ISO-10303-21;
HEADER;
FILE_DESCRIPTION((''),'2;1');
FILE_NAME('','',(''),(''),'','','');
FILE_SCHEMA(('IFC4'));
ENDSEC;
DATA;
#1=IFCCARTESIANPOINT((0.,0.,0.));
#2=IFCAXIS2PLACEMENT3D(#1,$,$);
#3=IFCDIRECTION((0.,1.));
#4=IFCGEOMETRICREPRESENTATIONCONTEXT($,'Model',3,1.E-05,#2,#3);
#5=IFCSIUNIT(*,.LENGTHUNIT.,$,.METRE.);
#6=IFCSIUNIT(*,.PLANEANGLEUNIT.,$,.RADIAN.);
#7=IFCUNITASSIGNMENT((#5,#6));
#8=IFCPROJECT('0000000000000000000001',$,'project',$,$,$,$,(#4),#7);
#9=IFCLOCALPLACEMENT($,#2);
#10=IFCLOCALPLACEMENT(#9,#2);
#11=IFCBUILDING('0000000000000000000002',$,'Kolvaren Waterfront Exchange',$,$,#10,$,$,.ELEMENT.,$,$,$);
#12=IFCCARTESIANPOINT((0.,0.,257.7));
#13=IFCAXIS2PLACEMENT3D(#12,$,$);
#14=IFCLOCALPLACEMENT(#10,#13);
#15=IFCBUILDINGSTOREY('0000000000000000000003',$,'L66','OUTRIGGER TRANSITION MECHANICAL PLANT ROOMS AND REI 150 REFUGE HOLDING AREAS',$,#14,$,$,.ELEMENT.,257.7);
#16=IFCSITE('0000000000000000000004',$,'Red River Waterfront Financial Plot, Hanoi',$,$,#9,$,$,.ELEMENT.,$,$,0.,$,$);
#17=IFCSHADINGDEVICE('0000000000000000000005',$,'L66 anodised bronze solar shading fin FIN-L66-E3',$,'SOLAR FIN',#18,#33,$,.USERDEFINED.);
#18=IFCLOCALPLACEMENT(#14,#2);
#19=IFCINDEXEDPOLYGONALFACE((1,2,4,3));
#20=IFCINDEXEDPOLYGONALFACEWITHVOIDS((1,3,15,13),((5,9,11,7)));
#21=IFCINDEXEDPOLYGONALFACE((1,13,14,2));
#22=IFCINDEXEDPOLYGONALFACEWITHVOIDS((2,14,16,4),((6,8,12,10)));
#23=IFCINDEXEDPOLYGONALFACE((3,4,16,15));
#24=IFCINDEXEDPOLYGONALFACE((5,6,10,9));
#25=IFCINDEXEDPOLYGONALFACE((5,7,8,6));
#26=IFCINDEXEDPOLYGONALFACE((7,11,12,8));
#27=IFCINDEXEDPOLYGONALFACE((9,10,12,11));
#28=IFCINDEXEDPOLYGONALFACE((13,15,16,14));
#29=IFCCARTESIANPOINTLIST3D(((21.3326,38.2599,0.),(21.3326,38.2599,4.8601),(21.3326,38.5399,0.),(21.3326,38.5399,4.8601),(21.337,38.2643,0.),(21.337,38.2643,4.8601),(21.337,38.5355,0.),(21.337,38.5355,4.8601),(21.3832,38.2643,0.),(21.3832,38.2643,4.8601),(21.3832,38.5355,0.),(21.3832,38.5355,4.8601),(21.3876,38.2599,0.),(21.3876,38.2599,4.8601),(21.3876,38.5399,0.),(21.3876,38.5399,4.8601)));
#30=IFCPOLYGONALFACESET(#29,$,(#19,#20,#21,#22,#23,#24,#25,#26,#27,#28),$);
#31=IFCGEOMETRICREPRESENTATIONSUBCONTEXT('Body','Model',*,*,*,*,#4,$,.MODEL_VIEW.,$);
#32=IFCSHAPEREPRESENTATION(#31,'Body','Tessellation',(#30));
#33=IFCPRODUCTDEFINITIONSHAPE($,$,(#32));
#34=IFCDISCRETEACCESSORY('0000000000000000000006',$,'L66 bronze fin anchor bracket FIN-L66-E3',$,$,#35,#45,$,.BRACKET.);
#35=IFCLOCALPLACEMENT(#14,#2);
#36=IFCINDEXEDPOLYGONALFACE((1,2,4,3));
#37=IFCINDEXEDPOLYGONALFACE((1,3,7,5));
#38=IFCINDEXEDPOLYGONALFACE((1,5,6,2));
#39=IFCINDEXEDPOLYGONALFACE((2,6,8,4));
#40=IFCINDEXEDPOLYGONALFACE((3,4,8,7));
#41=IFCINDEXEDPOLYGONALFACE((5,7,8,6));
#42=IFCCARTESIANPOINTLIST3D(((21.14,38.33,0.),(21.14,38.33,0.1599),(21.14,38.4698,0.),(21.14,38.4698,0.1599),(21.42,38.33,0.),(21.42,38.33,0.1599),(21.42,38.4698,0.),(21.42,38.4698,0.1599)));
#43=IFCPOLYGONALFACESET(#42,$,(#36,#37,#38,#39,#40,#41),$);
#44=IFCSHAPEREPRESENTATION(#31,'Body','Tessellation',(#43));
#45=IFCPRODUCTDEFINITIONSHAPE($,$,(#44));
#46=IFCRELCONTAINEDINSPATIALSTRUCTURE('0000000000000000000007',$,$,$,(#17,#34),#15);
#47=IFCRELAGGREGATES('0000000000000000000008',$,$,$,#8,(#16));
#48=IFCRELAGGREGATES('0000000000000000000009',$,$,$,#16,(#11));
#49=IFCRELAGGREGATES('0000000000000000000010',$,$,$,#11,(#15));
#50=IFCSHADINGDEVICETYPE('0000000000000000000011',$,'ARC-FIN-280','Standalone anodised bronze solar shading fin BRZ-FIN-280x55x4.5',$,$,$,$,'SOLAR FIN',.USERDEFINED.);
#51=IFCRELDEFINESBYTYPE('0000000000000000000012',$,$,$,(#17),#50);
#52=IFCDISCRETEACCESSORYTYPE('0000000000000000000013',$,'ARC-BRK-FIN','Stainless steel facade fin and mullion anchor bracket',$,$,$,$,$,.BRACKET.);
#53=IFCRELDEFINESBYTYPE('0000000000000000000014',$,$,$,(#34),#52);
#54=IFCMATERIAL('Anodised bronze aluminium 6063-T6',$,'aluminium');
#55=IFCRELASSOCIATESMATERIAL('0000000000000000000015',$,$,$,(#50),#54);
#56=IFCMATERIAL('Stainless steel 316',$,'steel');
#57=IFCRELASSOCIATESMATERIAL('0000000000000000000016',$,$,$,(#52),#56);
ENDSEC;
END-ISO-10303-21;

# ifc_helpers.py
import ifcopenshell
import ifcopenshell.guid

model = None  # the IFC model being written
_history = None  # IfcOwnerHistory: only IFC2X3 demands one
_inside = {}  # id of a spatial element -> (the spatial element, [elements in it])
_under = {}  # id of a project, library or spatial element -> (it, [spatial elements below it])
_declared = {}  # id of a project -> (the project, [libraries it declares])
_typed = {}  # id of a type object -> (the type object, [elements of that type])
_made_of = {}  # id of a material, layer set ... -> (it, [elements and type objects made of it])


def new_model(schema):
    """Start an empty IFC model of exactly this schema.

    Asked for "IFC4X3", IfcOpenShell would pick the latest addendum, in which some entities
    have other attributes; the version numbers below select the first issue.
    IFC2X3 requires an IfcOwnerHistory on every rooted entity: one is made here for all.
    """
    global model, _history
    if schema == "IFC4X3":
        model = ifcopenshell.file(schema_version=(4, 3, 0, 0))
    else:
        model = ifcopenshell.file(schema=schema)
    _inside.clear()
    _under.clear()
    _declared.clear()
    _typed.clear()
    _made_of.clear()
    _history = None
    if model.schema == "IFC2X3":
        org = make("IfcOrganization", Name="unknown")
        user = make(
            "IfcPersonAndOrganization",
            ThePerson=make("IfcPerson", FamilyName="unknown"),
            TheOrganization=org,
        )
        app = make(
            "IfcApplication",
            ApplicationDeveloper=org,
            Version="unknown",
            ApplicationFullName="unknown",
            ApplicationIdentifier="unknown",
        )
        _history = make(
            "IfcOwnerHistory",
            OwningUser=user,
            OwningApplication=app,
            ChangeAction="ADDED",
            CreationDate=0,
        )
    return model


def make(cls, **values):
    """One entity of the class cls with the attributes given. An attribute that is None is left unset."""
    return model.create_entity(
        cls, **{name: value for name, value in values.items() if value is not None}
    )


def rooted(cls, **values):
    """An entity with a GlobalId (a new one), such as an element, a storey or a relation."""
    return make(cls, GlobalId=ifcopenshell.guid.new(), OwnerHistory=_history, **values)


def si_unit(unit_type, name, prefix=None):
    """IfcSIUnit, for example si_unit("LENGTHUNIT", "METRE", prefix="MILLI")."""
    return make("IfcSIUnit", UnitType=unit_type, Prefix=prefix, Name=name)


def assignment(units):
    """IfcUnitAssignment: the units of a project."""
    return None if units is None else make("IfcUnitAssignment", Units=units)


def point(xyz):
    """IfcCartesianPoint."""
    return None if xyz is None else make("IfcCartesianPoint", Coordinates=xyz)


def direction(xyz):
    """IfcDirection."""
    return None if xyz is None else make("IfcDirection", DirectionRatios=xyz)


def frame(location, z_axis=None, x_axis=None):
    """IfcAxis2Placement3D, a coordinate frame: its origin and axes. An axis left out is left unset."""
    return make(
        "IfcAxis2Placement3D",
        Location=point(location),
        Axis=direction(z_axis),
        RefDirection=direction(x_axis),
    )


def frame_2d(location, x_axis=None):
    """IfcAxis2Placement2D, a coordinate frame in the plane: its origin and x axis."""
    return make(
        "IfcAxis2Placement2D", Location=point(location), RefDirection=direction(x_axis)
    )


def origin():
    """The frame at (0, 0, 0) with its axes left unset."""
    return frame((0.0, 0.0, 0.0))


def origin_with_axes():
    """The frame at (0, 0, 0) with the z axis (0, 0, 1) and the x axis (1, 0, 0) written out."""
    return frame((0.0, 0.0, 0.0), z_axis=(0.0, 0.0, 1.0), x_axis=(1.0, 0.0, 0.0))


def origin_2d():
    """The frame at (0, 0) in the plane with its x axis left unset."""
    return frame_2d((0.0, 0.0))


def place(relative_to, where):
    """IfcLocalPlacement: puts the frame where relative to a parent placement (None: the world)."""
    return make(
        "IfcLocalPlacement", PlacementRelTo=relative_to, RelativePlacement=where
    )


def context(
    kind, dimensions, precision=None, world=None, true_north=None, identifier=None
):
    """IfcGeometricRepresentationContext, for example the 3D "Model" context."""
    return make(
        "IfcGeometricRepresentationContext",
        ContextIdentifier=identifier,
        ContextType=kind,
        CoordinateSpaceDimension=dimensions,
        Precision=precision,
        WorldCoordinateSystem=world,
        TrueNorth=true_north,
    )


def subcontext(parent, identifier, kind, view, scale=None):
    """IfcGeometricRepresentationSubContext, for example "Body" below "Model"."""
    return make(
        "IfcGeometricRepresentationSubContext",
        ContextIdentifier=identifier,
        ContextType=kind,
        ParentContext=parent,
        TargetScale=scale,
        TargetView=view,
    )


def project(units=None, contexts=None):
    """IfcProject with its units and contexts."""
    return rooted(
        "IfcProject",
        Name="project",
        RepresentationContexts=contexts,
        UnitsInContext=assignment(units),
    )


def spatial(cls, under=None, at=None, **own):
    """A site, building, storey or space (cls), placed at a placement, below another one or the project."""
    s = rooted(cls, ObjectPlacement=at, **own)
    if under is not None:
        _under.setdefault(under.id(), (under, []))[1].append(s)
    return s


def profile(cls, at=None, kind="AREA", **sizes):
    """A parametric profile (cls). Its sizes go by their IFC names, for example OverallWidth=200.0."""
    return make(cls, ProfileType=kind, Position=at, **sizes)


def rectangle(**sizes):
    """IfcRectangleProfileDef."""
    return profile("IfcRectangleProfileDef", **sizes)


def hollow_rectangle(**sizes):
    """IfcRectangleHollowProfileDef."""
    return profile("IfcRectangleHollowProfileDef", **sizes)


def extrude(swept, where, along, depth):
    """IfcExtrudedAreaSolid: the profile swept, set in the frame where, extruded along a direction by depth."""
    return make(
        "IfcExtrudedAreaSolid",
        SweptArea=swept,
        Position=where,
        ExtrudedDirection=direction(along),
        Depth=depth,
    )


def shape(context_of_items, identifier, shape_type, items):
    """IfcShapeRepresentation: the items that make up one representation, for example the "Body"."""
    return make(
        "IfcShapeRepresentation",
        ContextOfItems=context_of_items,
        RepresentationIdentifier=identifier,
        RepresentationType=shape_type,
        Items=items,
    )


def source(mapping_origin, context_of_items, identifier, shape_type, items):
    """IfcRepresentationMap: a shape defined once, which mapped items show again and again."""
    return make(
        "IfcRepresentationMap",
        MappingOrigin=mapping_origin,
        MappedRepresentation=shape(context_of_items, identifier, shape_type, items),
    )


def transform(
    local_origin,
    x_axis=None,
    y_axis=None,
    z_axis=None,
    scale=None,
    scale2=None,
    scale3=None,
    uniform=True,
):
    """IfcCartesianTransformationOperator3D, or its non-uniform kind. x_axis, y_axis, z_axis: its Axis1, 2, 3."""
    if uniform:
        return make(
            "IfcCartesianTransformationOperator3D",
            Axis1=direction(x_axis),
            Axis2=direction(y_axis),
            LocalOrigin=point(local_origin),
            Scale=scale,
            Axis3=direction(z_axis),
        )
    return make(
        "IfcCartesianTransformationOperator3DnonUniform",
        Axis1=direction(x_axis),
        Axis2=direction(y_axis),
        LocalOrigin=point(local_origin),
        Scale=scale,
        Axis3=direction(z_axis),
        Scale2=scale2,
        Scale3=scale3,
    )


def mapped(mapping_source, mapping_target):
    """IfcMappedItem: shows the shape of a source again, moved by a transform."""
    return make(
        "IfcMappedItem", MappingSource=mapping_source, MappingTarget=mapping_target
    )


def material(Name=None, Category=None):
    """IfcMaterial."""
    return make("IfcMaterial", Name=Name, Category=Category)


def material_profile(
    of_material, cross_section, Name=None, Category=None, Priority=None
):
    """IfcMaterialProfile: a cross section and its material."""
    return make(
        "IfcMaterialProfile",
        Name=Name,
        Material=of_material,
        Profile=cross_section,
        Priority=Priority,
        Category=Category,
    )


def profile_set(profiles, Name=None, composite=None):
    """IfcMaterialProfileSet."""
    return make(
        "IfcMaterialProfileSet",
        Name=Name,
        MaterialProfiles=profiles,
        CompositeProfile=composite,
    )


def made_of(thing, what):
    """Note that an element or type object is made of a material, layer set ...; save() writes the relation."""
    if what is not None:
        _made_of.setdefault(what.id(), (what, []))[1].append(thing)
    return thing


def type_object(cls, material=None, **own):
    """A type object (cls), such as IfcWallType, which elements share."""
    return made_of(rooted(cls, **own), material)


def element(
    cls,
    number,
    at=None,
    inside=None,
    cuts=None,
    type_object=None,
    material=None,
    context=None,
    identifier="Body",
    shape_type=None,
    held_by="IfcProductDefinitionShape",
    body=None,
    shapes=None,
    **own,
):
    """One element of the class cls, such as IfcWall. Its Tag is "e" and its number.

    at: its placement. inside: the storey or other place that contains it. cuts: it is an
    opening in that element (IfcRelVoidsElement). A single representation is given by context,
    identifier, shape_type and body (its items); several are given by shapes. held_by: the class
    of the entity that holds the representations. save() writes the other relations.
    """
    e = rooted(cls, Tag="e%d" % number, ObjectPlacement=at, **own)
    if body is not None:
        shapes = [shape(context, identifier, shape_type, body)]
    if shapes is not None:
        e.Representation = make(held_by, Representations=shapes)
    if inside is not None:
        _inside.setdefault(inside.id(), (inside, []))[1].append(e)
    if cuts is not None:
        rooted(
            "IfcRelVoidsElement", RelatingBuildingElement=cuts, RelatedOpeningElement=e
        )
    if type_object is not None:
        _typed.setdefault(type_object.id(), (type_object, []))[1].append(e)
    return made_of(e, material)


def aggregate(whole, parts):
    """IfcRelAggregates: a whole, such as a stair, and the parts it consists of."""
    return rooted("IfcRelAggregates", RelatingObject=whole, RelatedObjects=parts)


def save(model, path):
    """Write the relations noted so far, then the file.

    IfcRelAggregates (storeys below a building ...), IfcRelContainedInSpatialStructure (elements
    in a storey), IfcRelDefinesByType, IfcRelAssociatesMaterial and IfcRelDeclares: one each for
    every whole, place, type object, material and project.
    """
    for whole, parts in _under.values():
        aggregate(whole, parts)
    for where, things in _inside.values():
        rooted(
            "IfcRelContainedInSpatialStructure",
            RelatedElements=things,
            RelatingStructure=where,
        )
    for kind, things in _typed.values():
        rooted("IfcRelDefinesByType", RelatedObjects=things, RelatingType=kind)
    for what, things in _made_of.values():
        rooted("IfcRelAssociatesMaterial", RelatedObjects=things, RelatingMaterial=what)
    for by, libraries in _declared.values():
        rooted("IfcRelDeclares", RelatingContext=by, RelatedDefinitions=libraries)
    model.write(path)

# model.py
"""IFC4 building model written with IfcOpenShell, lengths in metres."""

from ifc_helpers import new_model, si_unit, direction, frame, origin, origin_with_axes, origin_2d, place, context, subcontext, project, spatial, rectangle, hollow_rectangle, extrude, source, transform, mapped, material, material_profile, profile_set, type_object, element, save


model = new_model("IFC4")

# Units and contexts
model_context = context("Model", 3, precision=1e-05, world=origin(), true_north=direction((0.0, 1.0)))
body_context = subcontext(model_context, "Body", "Model", "MODEL_VIEW")
ifc_project = project(units=[si_unit("LENGTHUNIT", "METRE"), si_unit("PLANEANGLEUNIT", "RADIAN")], contexts=[model_context])

# Site, building, storey
site_placement = place(None, origin())
site = spatial("IfcSite", under=ifc_project, at=site_placement, Name="Red River Waterfront Financial Plot, Hanoi", CompositionType="ELEMENT", RefElevation=0.0)
building_placement = place(site_placement, origin())
building = spatial("IfcBuilding", under=site, at=building_placement, Name="Kolvaren Waterfront Exchange", CompositionType="ELEMENT")
storey_placement = place(building_placement, frame((0.0, 0.0, 257.7)))
storey = spatial("IfcBuildingStorey", under=building, at=storey_placement, Name="L66", Description="OUTRIGGER TRANSITION MECHANICAL PLANT ROOMS AND REI 150 REFUGE HOLDING AREAS", CompositionType="ELEMENT", Elevation=257.7)

# Shared definitions
ifc_material_1 = material(Name="Anodised bronze aluminium 6063-T6", Category="aluminium")

# Shading device
ifc_material_profile_1 = material_profile(ifc_material_1, hollow_rectangle(XDim=0.0549, YDim=0.28, WallThickness=0.0044, at=origin_2d()), Name="BRZ-FIN-280x55x4.5")
ifc_profile_set_1 = profile_set([ifc_material_profile_1], Name="Anodised bronze aluminium 6063-T6")
shading_device_type = type_object("IfcShadingDeviceType", Name="ARC-FIN-280", Description="Standalone anodised bronze solar shading fin BRZ-FIN-280x55x4.5", ElementType="SOLAR FIN", PredefinedType="USERDEFINED", material=ifc_profile_set_1)
shading_device_placement = place(storey_placement, frame((21.3601, 38.3999, 0.0), z_axis=(0.0, 0.0, 1.0), x_axis=(1.0, 0.0, 0.0)))
element("IfcShadingDevice", 1, at=shading_device_placement, inside=storey, type_object=shading_device_type, Name="L66 anodised bronze solar shading fin FIN-L66-E3", ObjectType="SOLAR FIN", PredefinedType="USERDEFINED", context=body_context, shape_type="SweptSolid", body=[
    extrude(hollow_rectangle(XDim=0.0549, YDim=0.28, WallThickness=0.0044, at=origin_2d()), origin(), (0.0, 0.0, 1.0), 4.8601),
])

# Discrete accessory
ifc_material_2 = material(Name="Stainless steel 316", Category="steel")
discrete_accessory_type = type_object("IfcDiscreteAccessoryType", Name="ARC-BRK-FIN", Description="Stainless steel facade fin and mullion anchor bracket", PredefinedType="BRACKET", material=ifc_material_2)
shared_shape_1 = source(origin_with_axes(), body_context, "Body", "SweptSolid", [
    extrude(rectangle(XDim=0.28, YDim=0.1399, at=origin_2d()), origin(), (0.0, 0.0, 1.0), 0.1599),
])
discrete_accessory_placement = place(storey_placement, frame((21.28, 38.3999, 0.0), z_axis=(0.0, 0.0, 1.0), x_axis=(1.0, 0.0, 0.0)))
element("IfcDiscreteAccessory", 2, at=discrete_accessory_placement, inside=storey, type_object=discrete_accessory_type, Name="L66 bronze fin anchor bracket FIN-L66-E3", PredefinedType="BRACKET", context=body_context, shape_type="MappedRepresentation", body=[
    mapped(shared_shape_1, transform((0.0, 0.0, 0.0), x_axis=(1.0, 0.0, 0.0), y_axis=(0.0, 1.0, 0.0), z_axis=(0.0, 0.0, 1.0), scale=1.0)),
])

save(model, "model.ifc")
